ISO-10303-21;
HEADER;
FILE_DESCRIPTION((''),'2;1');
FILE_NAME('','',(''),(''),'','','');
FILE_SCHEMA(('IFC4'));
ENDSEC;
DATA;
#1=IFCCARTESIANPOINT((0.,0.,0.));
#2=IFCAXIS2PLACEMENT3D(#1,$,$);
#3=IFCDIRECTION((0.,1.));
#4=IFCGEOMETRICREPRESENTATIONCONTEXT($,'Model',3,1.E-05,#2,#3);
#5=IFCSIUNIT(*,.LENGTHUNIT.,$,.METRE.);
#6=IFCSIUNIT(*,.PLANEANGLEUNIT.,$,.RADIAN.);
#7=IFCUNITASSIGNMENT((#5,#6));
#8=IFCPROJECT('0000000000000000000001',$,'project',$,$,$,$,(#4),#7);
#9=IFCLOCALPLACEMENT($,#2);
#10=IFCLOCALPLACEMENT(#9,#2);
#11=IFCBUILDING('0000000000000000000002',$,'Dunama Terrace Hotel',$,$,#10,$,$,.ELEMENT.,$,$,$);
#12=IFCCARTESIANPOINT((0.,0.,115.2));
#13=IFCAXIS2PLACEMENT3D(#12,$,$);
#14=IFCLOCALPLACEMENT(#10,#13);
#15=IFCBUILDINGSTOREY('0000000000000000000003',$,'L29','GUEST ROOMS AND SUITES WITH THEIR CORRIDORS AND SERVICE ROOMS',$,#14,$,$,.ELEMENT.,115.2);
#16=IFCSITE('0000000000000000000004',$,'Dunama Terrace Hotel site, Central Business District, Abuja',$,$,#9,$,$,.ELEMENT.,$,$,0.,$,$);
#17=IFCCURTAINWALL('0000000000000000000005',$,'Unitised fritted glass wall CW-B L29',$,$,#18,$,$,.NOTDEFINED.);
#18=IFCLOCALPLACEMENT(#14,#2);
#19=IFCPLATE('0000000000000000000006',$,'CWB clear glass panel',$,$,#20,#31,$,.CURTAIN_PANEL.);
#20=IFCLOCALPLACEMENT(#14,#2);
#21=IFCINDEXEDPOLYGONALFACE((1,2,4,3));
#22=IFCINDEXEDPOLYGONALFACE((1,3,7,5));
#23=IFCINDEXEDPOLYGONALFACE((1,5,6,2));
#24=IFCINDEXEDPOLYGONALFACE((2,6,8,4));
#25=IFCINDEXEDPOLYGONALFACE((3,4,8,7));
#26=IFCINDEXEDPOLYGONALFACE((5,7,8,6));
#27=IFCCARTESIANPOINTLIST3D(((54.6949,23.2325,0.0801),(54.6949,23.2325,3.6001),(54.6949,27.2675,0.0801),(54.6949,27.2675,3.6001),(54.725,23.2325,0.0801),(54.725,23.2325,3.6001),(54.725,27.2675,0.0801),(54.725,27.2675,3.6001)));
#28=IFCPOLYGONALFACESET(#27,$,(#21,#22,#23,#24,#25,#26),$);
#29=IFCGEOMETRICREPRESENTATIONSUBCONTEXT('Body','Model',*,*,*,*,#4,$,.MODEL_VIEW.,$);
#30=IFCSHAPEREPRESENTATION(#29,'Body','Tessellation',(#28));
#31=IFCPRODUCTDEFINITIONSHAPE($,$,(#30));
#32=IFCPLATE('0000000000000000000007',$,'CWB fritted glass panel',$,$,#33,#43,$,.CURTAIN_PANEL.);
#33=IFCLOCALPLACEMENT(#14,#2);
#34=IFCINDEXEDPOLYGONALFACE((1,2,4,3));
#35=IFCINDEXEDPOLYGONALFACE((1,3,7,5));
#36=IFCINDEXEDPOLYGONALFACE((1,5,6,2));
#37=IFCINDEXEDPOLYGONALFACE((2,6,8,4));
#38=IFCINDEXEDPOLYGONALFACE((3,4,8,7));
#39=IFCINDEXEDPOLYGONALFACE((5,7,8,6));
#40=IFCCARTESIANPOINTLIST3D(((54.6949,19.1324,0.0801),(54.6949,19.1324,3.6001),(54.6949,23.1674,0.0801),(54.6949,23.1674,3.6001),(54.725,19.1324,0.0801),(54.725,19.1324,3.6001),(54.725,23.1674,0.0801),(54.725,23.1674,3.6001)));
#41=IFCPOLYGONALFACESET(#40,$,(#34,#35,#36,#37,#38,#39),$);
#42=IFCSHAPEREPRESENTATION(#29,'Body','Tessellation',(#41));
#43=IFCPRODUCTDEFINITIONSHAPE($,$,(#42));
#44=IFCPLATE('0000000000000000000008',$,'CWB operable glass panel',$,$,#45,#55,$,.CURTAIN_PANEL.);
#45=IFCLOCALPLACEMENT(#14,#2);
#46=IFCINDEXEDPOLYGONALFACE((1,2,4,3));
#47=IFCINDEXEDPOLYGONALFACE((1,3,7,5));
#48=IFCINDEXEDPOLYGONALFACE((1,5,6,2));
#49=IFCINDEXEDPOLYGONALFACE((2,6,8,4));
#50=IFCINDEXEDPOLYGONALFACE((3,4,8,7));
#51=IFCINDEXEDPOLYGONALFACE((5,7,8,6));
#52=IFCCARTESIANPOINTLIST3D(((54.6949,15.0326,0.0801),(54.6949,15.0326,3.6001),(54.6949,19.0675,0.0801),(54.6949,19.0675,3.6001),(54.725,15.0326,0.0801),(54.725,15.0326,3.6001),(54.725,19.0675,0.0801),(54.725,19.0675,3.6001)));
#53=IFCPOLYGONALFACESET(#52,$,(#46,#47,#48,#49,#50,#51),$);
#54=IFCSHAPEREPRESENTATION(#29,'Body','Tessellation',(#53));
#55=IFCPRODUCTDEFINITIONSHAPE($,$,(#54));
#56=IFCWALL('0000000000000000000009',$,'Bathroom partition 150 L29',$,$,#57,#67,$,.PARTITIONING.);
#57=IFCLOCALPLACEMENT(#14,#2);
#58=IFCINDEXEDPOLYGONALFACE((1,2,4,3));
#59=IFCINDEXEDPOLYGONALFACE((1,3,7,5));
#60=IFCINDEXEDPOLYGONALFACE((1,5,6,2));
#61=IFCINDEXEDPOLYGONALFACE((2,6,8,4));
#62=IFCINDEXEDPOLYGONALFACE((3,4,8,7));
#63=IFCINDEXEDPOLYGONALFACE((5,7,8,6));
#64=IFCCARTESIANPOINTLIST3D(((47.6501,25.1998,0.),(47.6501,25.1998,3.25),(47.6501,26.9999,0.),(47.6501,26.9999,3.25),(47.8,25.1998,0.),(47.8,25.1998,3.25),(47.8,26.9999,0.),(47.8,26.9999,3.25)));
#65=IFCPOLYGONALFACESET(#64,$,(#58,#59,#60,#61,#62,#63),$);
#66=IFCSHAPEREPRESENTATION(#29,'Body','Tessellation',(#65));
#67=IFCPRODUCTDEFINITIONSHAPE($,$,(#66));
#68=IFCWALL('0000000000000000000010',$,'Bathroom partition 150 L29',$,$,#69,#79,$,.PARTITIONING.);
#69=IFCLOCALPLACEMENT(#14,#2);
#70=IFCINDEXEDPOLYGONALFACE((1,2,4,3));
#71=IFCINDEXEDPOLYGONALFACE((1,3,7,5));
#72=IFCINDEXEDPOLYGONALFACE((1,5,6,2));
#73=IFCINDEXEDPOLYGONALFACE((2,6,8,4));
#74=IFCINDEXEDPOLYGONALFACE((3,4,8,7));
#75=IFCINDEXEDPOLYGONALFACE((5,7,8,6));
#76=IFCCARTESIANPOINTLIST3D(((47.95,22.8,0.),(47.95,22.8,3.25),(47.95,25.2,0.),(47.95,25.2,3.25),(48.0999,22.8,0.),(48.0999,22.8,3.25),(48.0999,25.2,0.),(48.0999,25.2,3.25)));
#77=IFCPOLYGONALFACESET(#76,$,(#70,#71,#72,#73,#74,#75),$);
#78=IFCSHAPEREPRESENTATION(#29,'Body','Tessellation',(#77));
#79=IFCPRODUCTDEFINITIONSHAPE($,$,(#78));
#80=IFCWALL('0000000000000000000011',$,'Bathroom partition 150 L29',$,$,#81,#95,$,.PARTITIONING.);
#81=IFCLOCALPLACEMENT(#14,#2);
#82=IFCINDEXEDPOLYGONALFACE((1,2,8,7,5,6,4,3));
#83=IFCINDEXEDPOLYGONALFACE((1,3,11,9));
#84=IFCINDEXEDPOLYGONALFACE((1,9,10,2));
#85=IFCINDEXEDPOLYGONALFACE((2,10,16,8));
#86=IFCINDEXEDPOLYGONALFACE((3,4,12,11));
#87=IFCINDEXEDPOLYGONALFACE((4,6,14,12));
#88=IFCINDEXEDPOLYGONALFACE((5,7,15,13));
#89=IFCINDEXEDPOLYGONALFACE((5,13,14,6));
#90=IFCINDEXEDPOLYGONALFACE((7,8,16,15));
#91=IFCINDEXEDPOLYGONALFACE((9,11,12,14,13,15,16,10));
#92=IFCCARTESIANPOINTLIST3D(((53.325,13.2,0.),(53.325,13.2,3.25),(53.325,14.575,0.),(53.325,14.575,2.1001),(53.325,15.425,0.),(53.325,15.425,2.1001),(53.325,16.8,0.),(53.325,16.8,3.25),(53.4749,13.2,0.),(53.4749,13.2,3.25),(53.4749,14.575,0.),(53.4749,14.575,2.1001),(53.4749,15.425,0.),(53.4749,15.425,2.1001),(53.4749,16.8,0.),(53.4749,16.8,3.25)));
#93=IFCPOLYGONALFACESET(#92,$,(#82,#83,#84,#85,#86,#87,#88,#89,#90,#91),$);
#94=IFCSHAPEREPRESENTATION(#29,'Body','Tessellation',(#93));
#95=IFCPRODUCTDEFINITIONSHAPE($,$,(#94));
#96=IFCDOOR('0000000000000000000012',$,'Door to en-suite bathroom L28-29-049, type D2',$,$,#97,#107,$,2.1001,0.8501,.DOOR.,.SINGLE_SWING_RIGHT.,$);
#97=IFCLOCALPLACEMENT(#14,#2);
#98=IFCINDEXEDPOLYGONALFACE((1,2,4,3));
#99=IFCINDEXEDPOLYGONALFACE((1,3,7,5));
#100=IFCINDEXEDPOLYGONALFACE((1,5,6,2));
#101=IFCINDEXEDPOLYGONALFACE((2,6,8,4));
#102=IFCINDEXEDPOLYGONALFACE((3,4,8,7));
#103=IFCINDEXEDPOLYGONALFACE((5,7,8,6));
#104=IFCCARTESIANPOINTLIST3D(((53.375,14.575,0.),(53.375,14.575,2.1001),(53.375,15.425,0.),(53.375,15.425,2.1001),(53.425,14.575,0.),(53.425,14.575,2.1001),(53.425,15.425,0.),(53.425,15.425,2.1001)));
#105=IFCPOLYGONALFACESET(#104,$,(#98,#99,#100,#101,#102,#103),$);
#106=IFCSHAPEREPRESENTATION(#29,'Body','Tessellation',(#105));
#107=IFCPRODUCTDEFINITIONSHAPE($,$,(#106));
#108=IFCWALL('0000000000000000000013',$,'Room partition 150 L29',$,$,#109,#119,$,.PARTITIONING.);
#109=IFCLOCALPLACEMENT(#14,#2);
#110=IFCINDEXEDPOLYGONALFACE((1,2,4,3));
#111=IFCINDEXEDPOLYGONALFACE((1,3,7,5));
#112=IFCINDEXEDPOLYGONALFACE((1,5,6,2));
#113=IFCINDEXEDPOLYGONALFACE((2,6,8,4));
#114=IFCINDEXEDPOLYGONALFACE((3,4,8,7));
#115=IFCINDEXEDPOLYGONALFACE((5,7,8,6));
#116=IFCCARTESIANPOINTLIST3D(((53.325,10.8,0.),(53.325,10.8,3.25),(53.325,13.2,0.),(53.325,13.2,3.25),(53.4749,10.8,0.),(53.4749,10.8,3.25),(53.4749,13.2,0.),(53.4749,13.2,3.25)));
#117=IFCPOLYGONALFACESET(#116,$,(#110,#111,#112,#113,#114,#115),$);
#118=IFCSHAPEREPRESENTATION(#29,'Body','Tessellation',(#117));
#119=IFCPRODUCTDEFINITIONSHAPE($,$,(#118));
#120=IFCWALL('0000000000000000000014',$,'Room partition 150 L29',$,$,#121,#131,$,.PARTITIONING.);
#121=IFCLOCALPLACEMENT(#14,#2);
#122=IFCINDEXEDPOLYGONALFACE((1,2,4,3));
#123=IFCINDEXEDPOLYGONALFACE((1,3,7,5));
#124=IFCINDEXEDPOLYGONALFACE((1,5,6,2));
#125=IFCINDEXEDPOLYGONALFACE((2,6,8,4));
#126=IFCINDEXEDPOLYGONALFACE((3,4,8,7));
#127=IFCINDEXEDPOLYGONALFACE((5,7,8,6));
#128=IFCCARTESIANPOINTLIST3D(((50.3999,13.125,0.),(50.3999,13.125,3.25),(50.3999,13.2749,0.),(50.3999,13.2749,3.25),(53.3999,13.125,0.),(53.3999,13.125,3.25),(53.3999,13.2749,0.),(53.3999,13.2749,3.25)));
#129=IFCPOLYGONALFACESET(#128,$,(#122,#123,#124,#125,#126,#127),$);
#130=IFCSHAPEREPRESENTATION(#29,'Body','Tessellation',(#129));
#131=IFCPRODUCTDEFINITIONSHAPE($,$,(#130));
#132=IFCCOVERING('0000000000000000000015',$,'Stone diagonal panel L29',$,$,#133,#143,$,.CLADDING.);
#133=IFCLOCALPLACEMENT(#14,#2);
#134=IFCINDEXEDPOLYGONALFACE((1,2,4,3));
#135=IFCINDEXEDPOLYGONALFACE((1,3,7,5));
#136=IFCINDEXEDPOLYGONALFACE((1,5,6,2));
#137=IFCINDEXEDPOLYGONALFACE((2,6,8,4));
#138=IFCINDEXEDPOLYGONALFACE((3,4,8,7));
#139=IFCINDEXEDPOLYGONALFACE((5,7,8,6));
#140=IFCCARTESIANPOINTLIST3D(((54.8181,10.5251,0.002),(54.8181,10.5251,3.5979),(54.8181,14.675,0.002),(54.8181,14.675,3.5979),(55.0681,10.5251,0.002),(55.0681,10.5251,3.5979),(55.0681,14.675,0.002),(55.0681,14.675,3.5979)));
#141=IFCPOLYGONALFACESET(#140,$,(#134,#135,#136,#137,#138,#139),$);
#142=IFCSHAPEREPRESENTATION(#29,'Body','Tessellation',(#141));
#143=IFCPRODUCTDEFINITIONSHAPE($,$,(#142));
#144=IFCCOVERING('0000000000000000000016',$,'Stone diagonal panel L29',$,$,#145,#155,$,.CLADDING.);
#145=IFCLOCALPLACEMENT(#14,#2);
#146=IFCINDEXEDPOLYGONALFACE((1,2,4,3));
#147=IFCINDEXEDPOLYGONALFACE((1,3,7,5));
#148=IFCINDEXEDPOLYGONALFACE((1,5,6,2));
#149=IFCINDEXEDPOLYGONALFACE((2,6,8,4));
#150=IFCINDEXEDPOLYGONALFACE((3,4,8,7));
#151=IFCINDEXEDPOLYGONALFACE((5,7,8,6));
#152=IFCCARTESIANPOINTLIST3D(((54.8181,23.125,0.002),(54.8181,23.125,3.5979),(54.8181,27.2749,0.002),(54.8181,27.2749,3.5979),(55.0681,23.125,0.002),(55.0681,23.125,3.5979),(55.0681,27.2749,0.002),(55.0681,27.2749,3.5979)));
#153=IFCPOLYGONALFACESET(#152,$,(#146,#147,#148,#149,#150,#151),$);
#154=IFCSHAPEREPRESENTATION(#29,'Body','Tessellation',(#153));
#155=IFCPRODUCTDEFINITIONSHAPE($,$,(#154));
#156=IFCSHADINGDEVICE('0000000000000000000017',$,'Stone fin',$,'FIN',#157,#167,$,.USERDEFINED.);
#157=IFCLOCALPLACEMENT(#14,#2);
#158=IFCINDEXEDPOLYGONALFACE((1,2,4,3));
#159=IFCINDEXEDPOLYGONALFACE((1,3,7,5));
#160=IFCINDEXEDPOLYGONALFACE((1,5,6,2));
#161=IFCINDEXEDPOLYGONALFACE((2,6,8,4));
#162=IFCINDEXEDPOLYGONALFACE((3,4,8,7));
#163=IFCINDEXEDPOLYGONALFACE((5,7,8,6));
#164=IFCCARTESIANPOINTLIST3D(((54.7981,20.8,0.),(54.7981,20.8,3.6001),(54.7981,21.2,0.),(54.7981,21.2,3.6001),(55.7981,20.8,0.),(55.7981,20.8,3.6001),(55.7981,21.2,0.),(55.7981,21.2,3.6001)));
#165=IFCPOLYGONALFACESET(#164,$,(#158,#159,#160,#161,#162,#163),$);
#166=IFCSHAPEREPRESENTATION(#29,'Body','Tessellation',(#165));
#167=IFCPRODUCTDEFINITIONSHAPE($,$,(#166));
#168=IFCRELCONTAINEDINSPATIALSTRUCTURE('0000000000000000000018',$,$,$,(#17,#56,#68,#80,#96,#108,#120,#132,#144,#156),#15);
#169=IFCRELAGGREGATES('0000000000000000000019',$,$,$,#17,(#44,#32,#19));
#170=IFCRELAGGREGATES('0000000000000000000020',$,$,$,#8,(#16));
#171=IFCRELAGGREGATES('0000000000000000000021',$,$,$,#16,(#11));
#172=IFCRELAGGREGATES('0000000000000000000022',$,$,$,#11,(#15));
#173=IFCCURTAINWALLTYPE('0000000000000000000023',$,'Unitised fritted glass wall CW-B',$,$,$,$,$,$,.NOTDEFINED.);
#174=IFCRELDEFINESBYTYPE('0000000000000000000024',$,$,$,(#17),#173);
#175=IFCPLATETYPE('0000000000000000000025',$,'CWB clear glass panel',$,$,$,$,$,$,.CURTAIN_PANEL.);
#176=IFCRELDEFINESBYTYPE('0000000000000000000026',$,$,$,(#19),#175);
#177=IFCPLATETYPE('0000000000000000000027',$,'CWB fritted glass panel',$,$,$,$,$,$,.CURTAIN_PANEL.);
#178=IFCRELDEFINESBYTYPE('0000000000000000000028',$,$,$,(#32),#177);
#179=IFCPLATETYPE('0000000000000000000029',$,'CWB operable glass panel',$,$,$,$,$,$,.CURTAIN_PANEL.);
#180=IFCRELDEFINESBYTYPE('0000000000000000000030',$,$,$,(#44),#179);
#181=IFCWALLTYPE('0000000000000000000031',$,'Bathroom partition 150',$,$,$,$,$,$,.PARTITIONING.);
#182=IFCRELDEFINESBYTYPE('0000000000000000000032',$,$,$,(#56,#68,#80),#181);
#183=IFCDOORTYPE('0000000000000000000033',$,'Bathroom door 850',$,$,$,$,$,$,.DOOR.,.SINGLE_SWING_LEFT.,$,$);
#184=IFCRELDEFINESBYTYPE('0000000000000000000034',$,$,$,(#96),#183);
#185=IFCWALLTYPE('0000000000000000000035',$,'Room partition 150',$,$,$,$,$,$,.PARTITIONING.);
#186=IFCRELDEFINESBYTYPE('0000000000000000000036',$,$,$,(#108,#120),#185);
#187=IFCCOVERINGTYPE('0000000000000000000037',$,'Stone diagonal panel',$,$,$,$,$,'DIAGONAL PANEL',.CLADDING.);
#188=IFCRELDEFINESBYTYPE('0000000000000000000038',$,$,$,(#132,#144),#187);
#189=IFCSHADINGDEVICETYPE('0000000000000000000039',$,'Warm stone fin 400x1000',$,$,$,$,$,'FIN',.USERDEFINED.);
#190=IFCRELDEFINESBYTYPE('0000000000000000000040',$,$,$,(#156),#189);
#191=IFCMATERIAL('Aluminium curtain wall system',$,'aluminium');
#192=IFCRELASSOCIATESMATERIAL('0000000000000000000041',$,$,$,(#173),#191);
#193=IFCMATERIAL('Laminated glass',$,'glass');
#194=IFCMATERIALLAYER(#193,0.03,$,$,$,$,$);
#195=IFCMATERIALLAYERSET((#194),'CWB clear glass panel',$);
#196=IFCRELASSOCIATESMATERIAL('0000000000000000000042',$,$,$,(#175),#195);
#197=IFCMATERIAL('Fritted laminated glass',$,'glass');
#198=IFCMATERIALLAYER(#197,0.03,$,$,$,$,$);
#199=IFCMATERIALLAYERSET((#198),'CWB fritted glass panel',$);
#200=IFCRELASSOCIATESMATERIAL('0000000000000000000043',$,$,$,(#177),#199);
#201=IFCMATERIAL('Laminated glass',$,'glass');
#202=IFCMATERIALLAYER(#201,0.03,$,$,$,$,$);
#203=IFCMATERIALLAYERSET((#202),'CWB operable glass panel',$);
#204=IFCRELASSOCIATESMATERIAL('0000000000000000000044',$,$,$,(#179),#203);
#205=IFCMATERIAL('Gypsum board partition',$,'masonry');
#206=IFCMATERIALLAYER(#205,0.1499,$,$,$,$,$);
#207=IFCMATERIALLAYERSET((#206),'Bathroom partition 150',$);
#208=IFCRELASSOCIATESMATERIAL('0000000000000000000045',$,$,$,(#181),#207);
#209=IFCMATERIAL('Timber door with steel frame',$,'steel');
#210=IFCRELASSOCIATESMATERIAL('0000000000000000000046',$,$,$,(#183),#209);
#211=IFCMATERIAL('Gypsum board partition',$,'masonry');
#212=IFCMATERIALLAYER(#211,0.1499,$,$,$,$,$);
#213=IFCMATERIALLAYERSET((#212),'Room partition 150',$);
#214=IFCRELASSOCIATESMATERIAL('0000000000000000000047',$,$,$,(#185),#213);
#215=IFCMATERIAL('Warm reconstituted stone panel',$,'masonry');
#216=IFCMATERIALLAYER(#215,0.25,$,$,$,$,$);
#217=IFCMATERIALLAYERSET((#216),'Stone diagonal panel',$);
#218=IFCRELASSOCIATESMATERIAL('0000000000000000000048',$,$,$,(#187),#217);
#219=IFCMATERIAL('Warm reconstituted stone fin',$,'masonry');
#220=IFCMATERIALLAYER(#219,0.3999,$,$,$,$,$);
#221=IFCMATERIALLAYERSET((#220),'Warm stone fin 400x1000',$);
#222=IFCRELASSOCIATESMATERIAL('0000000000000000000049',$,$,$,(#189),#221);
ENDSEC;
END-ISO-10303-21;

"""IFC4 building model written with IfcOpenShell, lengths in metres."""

from ifc_helpers import new_model, si_unit, direction, frame, frame_2d, origin, origin_2d, place, context, subcontext, project, spatial, rectangle, extrude, material, layer, layer_set, type_object, element, fill, aggregate, save


model = new_model("IFC4")

# Units and contexts
model_context = context("Model", 3, precision=1e-05, world=origin(), true_north=direction((0.0, 1.0)))
body_context = subcontext(model_context, "Body", "Model", "MODEL_VIEW")
ifc_project = project(units=[si_unit("LENGTHUNIT", "METRE"), si_unit("PLANEANGLEUNIT", "RADIAN")], contexts=[model_context])

# Site, building, storey
site_placement = place(None, origin())
site = spatial("IfcSite", under=ifc_project, at=site_placement, Name="Dunama Terrace Hotel site, Central Business District, Abuja", CompositionType="ELEMENT", RefElevation=0.0)
building_placement = place(site_placement, origin())
building = spatial("IfcBuilding", under=site, at=building_placement, Name="Dunama Terrace Hotel", CompositionType="ELEMENT")
storey_placement = place(building_placement, frame((0.0, 0.0, 115.2)))
storey = spatial("IfcBuildingStorey", under=building, at=storey_placement, Name="L29", Description="GUEST ROOMS AND SUITES WITH THEIR CORRIDORS AND SERVICE ROOMS", CompositionType="ELEMENT", Elevation=115.2)

# Curtain wall
ifc_material_1 = material(Name="Aluminium curtain wall system", Category="aluminium")
curtain_wall_type = type_object("IfcCurtainWallType", Name="Unitised fritted glass wall CW-B", PredefinedType="NOTDEFINED", material=ifc_material_1)
curtain_wall_placement = place(storey_placement, origin())
curtain_wall = element("IfcCurtainWall", 1, at=curtain_wall_placement, inside=storey, type_object=curtain_wall_type, Name="Unitised fritted glass wall CW-B L29", PredefinedType="NOTDEFINED")

# Plates
ifc_material_2 = material(Name="Laminated glass", Category="glass")
ifc_layer_1 = layer(ifc_material_2, 0.03)
ifc_layer_set_1 = layer_set([ifc_layer_1], Name="CWB clear glass panel")
plate_type_1 = type_object("IfcPlateType", Name="CWB clear glass panel", PredefinedType="CURTAIN_PANEL", material=ifc_layer_set_1)
plate_1_placement = place(storey_placement, frame((54.71, 25.25, 0.0801), z_axis=(0.0, 0.0, 1.0), x_axis=(0.0, 1.0, 0.0)))
plate_1 = element("IfcPlate", 2, at=plate_1_placement, type_object=plate_type_1, Name="CWB clear glass panel", PredefinedType="CURTAIN_PANEL", context=body_context, shape_type="SweptSolid", body=[
    extrude(rectangle(XDim=4.0349, YDim=0.03, at=origin_2d()), origin(), (0.0, 0.0, 1.0), 3.52),
])
ifc_material_3 = material(Name="Fritted laminated glass", Category="glass")
ifc_layer_2 = layer(ifc_material_3, 0.03)
ifc_layer_set_2 = layer_set([ifc_layer_2], Name="CWB fritted glass panel")
plate_type_2 = type_object("IfcPlateType", Name="CWB fritted glass panel", PredefinedType="CURTAIN_PANEL", material=ifc_layer_set_2)
plate_2_placement = place(storey_placement, frame((54.71, 21.1499, 0.0801), z_axis=(0.0, 0.0, 1.0), x_axis=(0.0, 1.0, 0.0)))
plate_2 = element("IfcPlate", 3, at=plate_2_placement, type_object=plate_type_2, Name="CWB fritted glass panel", PredefinedType="CURTAIN_PANEL", context=body_context, shape_type="SweptSolid", body=[
    extrude(rectangle(XDim=4.0349, YDim=0.03, at=origin_2d()), origin(), (0.0, 0.0, 1.0), 3.52),
])
ifc_material_4 = material(Name="Laminated glass", Category="glass")
ifc_layer_3 = layer(ifc_material_4, 0.03)
ifc_layer_set_3 = layer_set([ifc_layer_3], Name="CWB operable glass panel")
plate_type_3 = type_object("IfcPlateType", Name="CWB operable glass panel", PredefinedType="CURTAIN_PANEL", material=ifc_layer_set_3)
plate_3_placement = place(storey_placement, frame((54.71, 17.05, 0.0801), z_axis=(0.0, 0.0, 1.0), x_axis=(0.0, 1.0, 0.0)))
plate_3 = element("IfcPlate", 4, at=plate_3_placement, type_object=plate_type_3, Name="CWB operable glass panel", PredefinedType="CURTAIN_PANEL", context=body_context, shape_type="SweptSolid", body=[
    extrude(rectangle(XDim=4.0349, YDim=0.03, at=origin_2d()), origin(), (0.0, 0.0, 1.0), 3.52),
])
aggregate(curtain_wall, [plate_3, plate_2, plate_1])

# Walls
ifc_material_5 = material(Name="Gypsum board partition", Category="masonry")
ifc_layer_4 = layer(ifc_material_5, 0.1499)
ifc_layer_set_4 = layer_set([ifc_layer_4], Name="Bathroom partition 150")
wall_type_1 = type_object("IfcWallType", Name="Bathroom partition 150", PredefinedType="PARTITIONING", material=ifc_layer_set_4)
wall_1_placement = place(storey_placement, frame((47.7251, 25.2, 0.0), z_axis=(0.0, 0.0, 1.0), x_axis=(0.0, 1.0, 0.0)))
element("IfcWall", 5, at=wall_1_placement, inside=storey, type_object=wall_type_1, Name="Bathroom partition 150 L29", PredefinedType="PARTITIONING", context=body_context, shape_type="SweptSolid", body=[
    extrude(rectangle(XDim=1.8, YDim=0.1499, at=frame_2d((0.8999, 0.0))), origin(), (0.0, 0.0, 1.0), 3.25),
])
wall_2_placement = place(storey_placement, frame((48.0249, 22.8, 0.0), z_axis=(0.0, 0.0, 1.0), x_axis=(0.0, 1.0, 0.0)))
element("IfcWall", 6, at=wall_2_placement, inside=storey, type_object=wall_type_1, Name="Bathroom partition 150 L29", PredefinedType="PARTITIONING", context=body_context, shape_type="SweptSolid", body=[
    extrude(rectangle(XDim=2.3999, YDim=0.1499, at=frame_2d((1.2, 0.0))), origin(), (0.0, 0.0, 1.0), 3.25),
])

# Wall, opening, door
wall_3_placement = place(storey_placement, frame((53.3999, 13.2, 0.0), z_axis=(0.0, 0.0, 1.0), x_axis=(0.0, 1.0, 0.0)))
wall_3 = element("IfcWall", 7, at=wall_3_placement, inside=storey, type_object=wall_type_1, Name="Bathroom partition 150 L29", PredefinedType="PARTITIONING", context=body_context, shape_type="SweptSolid", body=[
    extrude(rectangle(XDim=3.6001, YDim=0.1499, at=frame_2d((1.8, 0.0))), origin(), (0.0, 0.0, 1.0), 3.25),
])
opening_placement = place(wall_3_placement, frame((1.375, 0.0, 0.0)))
opening = element("IfcOpeningElement", 8, at=opening_placement, cuts=wall_3, PredefinedType="OPENING", context=body_context, shape_type="SweptSolid", body=[
    extrude(rectangle(XDim=0.8501, YDim=2.1001, at=frame_2d((0.425, 1.05))), frame((0.0, 0.085, 0.0), z_axis=(0.0, -1.0, 0.0), x_axis=(1.0, 0.0, 0.0)), (0.0, 0.0, 1.0), 0.1699),
])
ifc_material_6 = material(Name="Timber door with steel frame", Category="steel")
door_type = type_object("IfcDoorType", Name="Bathroom door 850", OperationType="SINGLE_SWING_LEFT", PredefinedType="DOOR", material=ifc_material_6)
door_placement = place(opening_placement, origin())
door = element("IfcDoor", 9, at=door_placement, inside=storey, type_object=door_type, Name="Door to en-suite bathroom L28-29-049, type D2", OperationType="SINGLE_SWING_RIGHT", OverallHeight=2.1001, OverallWidth=0.8501, PredefinedType="DOOR", context=body_context, shape_type="SweptSolid", body=[
    extrude(rectangle(XDim=0.8501, YDim=2.1001, at=frame_2d((0.425, 1.05))), frame((0.0, 0.0249, 0.0), z_axis=(0.0, -1.0, 0.0), x_axis=(1.0, 0.0, 0.0)), (0.0, 0.0, 1.0), 0.05),
])
fill(opening, door)

# Walls
ifc_material_7 = material(Name="Gypsum board partition", Category="masonry")
ifc_layer_5 = layer(ifc_material_7, 0.1499)
ifc_layer_set_5 = layer_set([ifc_layer_5], Name="Room partition 150")
wall_type_2 = type_object("IfcWallType", Name="Room partition 150", PredefinedType="PARTITIONING", material=ifc_layer_set_5)
wall_4_placement = place(storey_placement, frame((53.3999, 10.8, 0.0), z_axis=(0.0, 0.0, 1.0), x_axis=(0.0, 1.0, 0.0)))
element("IfcWall", 10, at=wall_4_placement, inside=storey, type_object=wall_type_2, Name="Room partition 150 L29", PredefinedType="PARTITIONING", context=body_context, shape_type="SweptSolid", body=[
    extrude(rectangle(XDim=2.3999, YDim=0.1499, at=frame_2d((1.2, 0.0))), origin(), (0.0, 0.0, 1.0), 3.25),
])
wall_5_placement = place(storey_placement, frame((50.3999, 13.2, 0.0), z_axis=(0.0, 0.0, 1.0), x_axis=(1.0, 0.0, 0.0)))
element("IfcWall", 11, at=wall_5_placement, inside=storey, type_object=wall_type_2, Name="Room partition 150 L29", PredefinedType="PARTITIONING", context=body_context, shape_type="SweptSolid", body=[
    extrude(rectangle(XDim=3.0, YDim=0.1499, at=frame_2d((1.5, 0.0))), origin(), (0.0, 0.0, 1.0), 3.25),
])

# Coverings
ifc_material_8 = material(Name="Warm reconstituted stone panel", Category="masonry")
ifc_layer_6 = layer(ifc_material_8, 0.25)
ifc_layer_set_6 = layer_set([ifc_layer_6], Name="Stone diagonal panel")
covering_type = type_object("IfcCoveringType", Name="Stone diagonal panel", ElementType="DIAGONAL PANEL", PredefinedType="CLADDING", material=ifc_layer_set_6)
for number, where, z_axis, x_axis, name in (
    (12, (54.9431, 12.6001, 0.002), (0.0, 0.0, 1.0), (0.0, 1.0, 0.0), "Stone diagonal panel L29"),
    (13, (54.9431, 25.2, 0.002), (0.0, 0.0, 1.0), (0.0, 1.0, 0.0), "Stone diagonal panel L29"),
):
    element("IfcCovering", number, at=place(storey_placement, frame(where, z_axis=z_axis, x_axis=x_axis)), inside=storey, type_object=covering_type, Name=name, PredefinedType="CLADDING", context=body_context, shape_type="SweptSolid", body=[
        extrude(rectangle(XDim=4.1499, YDim=0.25, at=origin_2d()), origin(), (0.0, 0.0, 1.0), 3.5959),
    ])

# Shading device
ifc_material_9 = material(Name="Warm reconstituted stone fin", Category="masonry")
ifc_layer_7 = layer(ifc_material_9, 0.3999)
ifc_layer_set_7 = layer_set([ifc_layer_7], Name="Warm stone fin 400x1000")
shading_device_type = type_object("IfcShadingDeviceType", Name="Warm stone fin 400x1000", ElementType="FIN", PredefinedType="USERDEFINED", material=ifc_layer_set_7)
shading_device_placement = place(storey_placement, frame((55.2981, 21.0, 0.0), z_axis=(0.0, 0.0, 1.0), x_axis=(0.0, 1.0, 0.0)))
element("IfcShadingDevice", 14, at=shading_device_placement, inside=storey, type_object=shading_device_type, Name="Stone fin", ObjectType="FIN", PredefinedType="USERDEFINED", context=body_context, shape_type="SweptSolid", body=[
    extrude(rectangle(XDim=0.3999, YDim=1.0, at=origin_2d()), origin(), (0.0, 0.0, 1.0), 3.6001),
])

save(model, "model.ifc")
